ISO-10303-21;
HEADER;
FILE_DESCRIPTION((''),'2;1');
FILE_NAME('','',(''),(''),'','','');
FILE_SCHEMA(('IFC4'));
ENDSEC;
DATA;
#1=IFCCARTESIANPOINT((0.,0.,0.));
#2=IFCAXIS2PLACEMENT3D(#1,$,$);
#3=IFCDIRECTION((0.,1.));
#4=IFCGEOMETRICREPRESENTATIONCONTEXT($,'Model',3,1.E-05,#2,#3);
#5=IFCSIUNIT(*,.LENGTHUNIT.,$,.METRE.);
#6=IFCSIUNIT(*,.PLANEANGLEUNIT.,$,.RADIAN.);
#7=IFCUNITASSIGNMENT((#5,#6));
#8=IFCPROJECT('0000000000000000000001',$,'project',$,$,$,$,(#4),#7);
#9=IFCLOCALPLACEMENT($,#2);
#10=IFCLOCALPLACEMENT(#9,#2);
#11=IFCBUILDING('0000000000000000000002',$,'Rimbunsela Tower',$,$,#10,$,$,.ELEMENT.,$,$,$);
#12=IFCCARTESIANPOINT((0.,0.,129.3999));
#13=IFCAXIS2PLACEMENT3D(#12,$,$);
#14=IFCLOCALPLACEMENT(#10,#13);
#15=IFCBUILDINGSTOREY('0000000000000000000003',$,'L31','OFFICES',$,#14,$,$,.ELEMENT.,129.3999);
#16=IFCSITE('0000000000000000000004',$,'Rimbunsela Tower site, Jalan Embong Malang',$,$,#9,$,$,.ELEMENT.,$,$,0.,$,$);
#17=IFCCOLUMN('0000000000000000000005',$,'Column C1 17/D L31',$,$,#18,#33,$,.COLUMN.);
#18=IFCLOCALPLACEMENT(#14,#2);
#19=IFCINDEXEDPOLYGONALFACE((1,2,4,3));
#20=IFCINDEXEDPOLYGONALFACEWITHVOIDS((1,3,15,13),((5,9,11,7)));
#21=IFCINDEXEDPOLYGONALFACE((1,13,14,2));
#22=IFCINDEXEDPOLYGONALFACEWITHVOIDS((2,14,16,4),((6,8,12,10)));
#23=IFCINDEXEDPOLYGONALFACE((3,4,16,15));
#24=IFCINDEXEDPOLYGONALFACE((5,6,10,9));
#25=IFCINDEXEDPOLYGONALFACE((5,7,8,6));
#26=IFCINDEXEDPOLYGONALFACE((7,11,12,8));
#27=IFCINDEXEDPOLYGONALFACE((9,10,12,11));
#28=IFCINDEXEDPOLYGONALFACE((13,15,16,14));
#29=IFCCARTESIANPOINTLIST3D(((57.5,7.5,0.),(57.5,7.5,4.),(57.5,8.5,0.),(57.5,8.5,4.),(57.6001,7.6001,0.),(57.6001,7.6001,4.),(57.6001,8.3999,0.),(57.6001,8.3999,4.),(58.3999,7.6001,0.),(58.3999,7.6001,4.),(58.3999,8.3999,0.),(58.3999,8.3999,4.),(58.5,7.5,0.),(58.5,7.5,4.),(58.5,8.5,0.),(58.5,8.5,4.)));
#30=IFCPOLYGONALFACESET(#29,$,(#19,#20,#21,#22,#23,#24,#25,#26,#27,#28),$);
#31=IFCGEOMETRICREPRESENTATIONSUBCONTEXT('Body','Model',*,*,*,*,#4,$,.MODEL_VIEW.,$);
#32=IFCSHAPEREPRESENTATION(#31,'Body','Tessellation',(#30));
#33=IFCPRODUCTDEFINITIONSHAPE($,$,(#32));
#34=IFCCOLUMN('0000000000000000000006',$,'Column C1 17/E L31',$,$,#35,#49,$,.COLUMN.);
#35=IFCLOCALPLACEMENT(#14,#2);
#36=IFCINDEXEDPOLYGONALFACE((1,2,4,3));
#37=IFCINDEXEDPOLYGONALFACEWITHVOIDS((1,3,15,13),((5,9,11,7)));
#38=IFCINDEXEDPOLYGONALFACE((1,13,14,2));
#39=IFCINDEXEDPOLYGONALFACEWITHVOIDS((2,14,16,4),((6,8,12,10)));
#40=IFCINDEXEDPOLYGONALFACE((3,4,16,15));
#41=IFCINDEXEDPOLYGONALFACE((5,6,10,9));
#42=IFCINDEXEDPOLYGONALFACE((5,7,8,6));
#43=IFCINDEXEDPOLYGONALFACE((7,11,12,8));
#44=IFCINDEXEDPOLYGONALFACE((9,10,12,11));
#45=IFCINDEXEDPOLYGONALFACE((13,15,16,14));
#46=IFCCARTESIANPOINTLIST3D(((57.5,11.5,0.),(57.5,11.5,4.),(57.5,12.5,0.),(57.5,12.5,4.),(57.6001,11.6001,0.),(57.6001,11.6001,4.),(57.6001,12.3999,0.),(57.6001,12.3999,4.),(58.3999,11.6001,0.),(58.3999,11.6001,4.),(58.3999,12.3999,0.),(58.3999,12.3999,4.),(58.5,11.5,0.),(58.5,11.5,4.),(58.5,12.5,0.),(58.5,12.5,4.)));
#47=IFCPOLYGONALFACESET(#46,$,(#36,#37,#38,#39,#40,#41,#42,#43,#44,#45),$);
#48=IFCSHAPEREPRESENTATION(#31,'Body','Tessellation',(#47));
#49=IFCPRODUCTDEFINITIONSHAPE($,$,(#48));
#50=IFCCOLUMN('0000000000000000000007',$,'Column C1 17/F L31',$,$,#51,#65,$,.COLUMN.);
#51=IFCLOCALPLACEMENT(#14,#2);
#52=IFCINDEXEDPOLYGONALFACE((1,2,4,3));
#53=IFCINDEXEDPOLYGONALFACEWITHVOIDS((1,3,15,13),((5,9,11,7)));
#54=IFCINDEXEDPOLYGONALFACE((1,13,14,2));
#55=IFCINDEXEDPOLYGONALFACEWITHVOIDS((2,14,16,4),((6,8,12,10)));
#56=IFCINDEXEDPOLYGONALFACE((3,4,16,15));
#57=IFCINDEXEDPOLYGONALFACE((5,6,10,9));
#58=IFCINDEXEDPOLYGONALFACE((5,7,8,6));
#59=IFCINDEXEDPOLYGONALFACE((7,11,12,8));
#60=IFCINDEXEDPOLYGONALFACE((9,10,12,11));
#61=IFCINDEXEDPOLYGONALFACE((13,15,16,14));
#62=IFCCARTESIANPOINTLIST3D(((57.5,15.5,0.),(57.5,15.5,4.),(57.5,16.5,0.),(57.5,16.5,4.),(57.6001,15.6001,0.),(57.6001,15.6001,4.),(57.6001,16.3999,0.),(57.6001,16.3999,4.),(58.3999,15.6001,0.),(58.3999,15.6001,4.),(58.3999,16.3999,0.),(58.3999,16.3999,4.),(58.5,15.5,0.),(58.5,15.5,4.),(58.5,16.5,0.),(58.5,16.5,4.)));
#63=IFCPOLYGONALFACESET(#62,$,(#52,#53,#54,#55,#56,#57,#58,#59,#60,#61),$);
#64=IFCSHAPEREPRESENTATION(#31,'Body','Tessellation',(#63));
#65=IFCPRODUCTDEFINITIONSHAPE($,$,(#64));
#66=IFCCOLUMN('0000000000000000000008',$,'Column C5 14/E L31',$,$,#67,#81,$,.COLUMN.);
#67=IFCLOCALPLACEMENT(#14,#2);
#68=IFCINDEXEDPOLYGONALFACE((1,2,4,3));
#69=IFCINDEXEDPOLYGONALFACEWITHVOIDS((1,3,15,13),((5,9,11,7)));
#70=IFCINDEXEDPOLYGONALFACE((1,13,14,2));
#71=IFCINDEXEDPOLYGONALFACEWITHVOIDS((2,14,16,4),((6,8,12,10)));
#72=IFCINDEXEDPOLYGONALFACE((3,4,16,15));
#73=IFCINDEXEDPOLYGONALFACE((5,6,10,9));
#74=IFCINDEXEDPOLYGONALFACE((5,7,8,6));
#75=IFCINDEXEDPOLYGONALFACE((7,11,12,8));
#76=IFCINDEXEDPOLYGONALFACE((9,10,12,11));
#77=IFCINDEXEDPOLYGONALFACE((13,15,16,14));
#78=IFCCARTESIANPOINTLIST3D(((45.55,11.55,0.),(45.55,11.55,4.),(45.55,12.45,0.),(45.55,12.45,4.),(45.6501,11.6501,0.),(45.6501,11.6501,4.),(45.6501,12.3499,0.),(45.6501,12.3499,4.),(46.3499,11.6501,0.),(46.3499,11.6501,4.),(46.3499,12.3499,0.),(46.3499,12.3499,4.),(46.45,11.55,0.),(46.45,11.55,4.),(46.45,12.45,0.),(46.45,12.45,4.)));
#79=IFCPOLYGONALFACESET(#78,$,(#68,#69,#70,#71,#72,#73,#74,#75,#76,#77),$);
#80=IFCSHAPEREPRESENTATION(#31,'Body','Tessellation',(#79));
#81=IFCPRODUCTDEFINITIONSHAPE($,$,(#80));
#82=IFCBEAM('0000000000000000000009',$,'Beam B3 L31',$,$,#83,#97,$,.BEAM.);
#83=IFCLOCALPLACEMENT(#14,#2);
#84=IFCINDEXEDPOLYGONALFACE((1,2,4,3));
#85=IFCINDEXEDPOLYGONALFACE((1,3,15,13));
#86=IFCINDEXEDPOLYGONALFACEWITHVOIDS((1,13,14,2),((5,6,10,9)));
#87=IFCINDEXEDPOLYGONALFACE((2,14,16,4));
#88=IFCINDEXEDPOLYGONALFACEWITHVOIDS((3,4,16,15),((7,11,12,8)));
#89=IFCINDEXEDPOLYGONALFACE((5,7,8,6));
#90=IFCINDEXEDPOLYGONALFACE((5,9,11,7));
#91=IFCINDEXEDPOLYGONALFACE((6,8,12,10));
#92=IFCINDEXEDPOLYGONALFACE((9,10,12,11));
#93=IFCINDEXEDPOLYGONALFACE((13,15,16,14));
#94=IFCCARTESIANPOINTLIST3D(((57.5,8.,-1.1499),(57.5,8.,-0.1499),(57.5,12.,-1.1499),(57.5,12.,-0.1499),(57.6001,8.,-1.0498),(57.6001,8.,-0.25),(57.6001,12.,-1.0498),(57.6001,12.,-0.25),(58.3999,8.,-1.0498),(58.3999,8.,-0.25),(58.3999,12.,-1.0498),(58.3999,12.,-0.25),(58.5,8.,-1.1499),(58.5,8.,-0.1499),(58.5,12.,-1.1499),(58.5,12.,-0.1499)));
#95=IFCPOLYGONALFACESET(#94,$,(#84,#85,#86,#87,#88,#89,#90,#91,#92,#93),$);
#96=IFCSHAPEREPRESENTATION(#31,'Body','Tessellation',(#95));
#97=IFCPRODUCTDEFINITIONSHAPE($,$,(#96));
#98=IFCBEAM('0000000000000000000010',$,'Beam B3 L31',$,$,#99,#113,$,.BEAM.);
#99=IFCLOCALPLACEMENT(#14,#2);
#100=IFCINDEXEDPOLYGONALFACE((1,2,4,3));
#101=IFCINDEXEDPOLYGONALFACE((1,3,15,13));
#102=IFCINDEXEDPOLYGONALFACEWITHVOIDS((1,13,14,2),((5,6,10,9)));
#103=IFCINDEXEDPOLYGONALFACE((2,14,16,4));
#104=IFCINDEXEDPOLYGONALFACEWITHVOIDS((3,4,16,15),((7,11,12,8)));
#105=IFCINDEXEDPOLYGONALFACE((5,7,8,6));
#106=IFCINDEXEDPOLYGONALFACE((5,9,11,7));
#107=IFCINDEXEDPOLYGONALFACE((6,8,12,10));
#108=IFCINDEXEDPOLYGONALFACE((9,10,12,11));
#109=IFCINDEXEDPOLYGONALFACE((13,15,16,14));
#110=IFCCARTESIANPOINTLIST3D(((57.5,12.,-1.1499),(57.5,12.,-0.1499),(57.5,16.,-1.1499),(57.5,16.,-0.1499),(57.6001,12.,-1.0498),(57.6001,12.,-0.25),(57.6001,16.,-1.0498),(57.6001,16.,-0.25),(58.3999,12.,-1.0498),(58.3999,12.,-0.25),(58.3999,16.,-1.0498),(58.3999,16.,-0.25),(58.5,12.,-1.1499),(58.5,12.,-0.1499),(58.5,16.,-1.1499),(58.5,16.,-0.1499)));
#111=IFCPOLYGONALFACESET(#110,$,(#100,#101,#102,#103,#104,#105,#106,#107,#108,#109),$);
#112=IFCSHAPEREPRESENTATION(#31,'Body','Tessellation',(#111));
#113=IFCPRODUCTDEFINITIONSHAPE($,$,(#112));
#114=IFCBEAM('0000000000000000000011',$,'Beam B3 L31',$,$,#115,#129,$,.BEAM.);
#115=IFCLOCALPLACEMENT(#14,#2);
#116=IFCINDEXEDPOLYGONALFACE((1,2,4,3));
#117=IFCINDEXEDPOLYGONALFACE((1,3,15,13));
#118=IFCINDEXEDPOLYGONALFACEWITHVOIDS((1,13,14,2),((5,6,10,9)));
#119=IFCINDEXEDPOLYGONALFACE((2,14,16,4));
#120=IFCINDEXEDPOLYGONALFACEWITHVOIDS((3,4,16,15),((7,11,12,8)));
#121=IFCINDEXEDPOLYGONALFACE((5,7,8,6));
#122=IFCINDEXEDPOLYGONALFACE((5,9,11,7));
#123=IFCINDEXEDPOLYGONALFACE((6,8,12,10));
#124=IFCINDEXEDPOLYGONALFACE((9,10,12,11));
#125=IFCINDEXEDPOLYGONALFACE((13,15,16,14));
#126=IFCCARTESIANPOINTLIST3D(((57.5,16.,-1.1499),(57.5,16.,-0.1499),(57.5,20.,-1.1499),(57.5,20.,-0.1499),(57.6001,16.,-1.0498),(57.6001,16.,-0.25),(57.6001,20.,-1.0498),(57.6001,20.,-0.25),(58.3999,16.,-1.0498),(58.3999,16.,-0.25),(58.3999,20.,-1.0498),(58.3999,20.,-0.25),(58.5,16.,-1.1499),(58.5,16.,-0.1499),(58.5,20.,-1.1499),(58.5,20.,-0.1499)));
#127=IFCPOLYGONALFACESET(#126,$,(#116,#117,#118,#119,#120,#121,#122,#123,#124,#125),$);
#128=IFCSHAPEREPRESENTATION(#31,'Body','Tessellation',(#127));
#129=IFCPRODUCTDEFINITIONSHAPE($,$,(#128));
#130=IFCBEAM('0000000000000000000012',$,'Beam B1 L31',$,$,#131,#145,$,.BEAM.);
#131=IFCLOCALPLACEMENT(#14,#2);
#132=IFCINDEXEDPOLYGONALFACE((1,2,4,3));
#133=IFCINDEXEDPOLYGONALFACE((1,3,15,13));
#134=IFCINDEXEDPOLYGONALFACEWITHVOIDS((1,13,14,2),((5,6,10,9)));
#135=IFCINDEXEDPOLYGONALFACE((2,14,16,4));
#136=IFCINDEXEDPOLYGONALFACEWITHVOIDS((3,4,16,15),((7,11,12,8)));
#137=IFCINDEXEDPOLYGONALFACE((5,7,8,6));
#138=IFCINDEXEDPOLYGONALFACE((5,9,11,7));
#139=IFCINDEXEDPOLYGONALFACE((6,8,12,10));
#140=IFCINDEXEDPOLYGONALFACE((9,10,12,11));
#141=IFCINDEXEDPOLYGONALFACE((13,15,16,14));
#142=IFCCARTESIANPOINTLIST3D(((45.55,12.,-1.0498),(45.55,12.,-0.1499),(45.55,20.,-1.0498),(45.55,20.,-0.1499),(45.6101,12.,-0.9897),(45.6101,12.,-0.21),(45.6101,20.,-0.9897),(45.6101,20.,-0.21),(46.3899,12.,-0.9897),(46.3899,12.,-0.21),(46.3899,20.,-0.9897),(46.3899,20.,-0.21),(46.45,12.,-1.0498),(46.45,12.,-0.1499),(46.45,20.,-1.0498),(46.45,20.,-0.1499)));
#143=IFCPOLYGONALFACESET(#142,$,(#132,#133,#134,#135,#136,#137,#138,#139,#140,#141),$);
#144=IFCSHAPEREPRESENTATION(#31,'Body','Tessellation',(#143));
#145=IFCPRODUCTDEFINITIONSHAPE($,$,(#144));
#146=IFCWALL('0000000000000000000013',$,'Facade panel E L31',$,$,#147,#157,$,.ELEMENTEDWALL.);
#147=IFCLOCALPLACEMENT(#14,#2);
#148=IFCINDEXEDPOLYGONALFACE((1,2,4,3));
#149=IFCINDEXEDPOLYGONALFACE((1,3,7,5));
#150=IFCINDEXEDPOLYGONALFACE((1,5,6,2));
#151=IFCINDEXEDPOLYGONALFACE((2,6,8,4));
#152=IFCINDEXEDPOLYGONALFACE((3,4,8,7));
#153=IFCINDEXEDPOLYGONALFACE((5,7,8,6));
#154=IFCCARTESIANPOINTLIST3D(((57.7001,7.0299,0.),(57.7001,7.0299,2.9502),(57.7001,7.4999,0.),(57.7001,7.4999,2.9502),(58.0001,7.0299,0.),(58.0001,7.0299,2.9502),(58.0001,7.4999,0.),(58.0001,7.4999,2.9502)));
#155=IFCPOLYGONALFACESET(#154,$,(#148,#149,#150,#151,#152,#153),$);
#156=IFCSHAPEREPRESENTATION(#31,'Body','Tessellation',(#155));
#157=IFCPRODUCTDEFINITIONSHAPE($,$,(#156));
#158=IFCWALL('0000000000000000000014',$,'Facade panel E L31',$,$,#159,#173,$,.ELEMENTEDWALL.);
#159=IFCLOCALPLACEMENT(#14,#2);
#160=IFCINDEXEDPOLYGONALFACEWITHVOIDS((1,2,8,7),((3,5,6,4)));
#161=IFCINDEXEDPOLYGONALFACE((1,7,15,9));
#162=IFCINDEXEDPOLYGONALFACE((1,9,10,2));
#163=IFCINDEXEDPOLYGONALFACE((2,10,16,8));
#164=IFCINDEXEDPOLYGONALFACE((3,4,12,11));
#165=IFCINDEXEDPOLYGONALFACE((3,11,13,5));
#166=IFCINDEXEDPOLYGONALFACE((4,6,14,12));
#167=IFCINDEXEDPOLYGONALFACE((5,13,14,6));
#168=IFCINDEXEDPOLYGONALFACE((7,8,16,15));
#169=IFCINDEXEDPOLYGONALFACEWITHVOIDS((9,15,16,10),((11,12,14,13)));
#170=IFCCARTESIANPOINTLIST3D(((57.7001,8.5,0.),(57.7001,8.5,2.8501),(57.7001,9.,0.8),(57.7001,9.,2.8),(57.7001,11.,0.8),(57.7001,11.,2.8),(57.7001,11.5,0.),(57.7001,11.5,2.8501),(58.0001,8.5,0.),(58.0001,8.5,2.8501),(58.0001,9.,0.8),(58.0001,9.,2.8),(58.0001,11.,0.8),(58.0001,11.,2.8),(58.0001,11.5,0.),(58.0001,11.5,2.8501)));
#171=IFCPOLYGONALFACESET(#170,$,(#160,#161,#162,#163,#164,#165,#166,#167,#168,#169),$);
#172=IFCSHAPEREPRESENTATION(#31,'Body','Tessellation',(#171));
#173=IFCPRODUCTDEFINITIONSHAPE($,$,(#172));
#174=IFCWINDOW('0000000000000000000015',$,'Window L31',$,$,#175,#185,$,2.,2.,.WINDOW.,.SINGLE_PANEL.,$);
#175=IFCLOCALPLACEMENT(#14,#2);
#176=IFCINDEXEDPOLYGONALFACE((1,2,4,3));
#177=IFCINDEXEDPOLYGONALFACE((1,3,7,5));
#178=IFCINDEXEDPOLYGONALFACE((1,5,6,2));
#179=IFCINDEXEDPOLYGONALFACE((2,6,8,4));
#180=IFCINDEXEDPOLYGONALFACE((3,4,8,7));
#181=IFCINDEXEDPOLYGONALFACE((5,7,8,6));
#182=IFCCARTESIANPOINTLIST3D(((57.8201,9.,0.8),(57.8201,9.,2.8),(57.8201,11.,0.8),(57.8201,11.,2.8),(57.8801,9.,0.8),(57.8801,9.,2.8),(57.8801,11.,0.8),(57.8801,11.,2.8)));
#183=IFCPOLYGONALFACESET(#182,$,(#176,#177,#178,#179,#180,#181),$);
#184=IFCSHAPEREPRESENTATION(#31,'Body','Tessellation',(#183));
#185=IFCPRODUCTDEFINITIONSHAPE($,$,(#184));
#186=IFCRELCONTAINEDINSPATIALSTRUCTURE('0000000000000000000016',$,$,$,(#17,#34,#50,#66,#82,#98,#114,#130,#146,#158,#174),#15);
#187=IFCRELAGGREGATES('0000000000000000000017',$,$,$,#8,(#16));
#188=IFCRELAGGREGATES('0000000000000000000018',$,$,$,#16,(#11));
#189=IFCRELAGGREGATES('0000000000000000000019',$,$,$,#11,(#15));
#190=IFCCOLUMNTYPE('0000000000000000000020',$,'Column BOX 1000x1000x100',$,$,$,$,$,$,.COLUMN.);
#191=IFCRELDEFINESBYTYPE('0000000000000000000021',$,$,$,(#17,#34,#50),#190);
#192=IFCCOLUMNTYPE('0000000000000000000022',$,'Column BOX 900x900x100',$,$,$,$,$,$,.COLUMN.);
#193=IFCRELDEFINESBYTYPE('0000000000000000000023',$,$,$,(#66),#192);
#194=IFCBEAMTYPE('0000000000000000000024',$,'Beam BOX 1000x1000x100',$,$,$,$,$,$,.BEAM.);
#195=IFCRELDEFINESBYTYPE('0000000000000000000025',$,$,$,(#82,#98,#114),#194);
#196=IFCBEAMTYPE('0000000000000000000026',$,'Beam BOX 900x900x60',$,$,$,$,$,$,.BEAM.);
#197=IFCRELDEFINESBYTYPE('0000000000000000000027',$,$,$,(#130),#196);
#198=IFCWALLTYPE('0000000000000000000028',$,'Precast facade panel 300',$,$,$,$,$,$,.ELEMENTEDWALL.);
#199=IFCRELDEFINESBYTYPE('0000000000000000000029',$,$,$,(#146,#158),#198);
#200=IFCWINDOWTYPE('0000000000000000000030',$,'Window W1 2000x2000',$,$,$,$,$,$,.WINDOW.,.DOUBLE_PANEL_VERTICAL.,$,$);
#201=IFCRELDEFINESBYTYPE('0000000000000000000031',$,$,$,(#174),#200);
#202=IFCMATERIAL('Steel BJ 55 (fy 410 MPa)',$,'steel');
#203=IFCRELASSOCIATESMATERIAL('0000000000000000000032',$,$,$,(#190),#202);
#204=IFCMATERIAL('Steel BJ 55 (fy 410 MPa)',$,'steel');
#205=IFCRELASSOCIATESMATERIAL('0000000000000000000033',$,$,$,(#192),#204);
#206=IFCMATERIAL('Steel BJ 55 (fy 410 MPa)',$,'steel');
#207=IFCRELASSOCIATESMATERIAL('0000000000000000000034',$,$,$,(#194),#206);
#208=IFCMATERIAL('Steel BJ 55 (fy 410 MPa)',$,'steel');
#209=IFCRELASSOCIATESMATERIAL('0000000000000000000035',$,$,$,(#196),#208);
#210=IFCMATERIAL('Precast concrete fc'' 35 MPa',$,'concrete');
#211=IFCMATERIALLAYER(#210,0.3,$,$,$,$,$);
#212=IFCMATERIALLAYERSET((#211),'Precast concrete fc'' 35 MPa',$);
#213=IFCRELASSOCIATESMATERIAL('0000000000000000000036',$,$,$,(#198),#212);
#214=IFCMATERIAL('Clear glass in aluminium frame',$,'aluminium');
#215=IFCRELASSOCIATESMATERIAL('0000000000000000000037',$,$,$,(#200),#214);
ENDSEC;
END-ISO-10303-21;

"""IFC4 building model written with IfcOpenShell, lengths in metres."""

from ifc_helpers import new_model, si_unit, direction, frame, frame_2d, origin, origin_2d, place, context, subcontext, project, spatial, rectangle, hollow_rectangle, extrude, material, layer, layer_set, material_profile, profile_set, type_object, element, fill, save


model = new_model("IFC4")

# Units and contexts
model_context = context("Model", 3, precision=1e-05, world=origin(), true_north=direction((0.0, 1.0)))
body_context = subcontext(model_context, "Body", "Model", "MODEL_VIEW")
ifc_project = project(units=[si_unit("LENGTHUNIT", "METRE"), si_unit("PLANEANGLEUNIT", "RADIAN")], contexts=[model_context])

# Site, building, storey
site_placement = place(None, origin())
site = spatial("IfcSite", under=ifc_project, at=site_placement, Name="Rimbunsela Tower site, Jalan Embong Malang", CompositionType="ELEMENT", RefElevation=0.0)
building_placement = place(site_placement, origin())
building = spatial("IfcBuilding", under=site, at=building_placement, Name="Rimbunsela Tower", CompositionType="ELEMENT")
storey_placement = place(building_placement, frame((0.0, 0.0, 129.3999)))
storey = spatial("IfcBuildingStorey", under=building, at=storey_placement, Name="L31", Description="OFFICES", CompositionType="ELEMENT", Elevation=129.3999)

# Columns
ifc_material_1 = material(Name="Steel BJ 55 (fy 410 MPa)", Category="steel")
ifc_material_profile_1 = material_profile(ifc_material_1, hollow_rectangle(XDim=1.0, YDim=1.0, WallThickness=0.1001, at=origin_2d()), Name="BOX 1000x1000x100")
ifc_profile_set_1 = profile_set([ifc_material_profile_1], Name="Steel BJ 55 (fy 410 MPa)")
column_type_1 = type_object("IfcColumnType", Name="Column BOX 1000x1000x100", PredefinedType="COLUMN", material=ifc_profile_set_1)
for number, where, z_axis, x_axis, name in (
    (1, (58.0, 8.0, 0.0), (0.0, 0.0, 1.0), (1.0, 0.0, 0.0), "Column C1 17/D L31"),
    (2, (58.0, 12.0, 0.0), (0.0, 0.0, 1.0), (1.0, 0.0, 0.0), "Column C1 17/E L31"),
    (3, (58.0, 16.0, 0.0), (0.0, 0.0, 1.0), (1.0, 0.0, 0.0), "Column C1 17/F L31"),
):
    element("IfcColumn", number, at=place(storey_placement, frame(where, z_axis=z_axis, x_axis=x_axis)), inside=storey, type_object=column_type_1, Name=name, PredefinedType="COLUMN", context=body_context, shape_type="SweptSolid", body=[
        extrude(hollow_rectangle(XDim=1.0, YDim=1.0, WallThickness=0.1001, at=origin_2d()), origin(), (0.0, 0.0, 1.0), 4.0),
    ])
ifc_material_2 = material(Name="Steel BJ 55 (fy 410 MPa)", Category="steel")
ifc_material_profile_2 = material_profile(ifc_material_2, hollow_rectangle(XDim=0.8999, YDim=0.8999, WallThickness=0.1001, at=origin_2d()), Name="BOX 900x900x100")
ifc_profile_set_2 = profile_set([ifc_material_profile_2], Name="Steel BJ 55 (fy 410 MPa)")
column_type_2 = type_object("IfcColumnType", Name="Column BOX 900x900x100", PredefinedType="COLUMN", material=ifc_profile_set_2)
column_placement = place(storey_placement, frame((46.0, 12.0, 0.0), z_axis=(0.0, 0.0, 1.0), x_axis=(1.0, 0.0, 0.0)))
element("IfcColumn", 4, at=column_placement, inside=storey, type_object=column_type_2, Name="Column C5 14/E L31", PredefinedType="COLUMN", context=body_context, shape_type="SweptSolid", body=[
    extrude(hollow_rectangle(XDim=0.8999, YDim=0.8999, WallThickness=0.1001, at=origin_2d()), origin(), (0.0, 0.0, 1.0), 4.0),
])

# Beams
ifc_material_3 = material(Name="Steel BJ 55 (fy 410 MPa)", Category="steel")
ifc_material_profile_3 = material_profile(ifc_material_3, hollow_rectangle(XDim=1.0, YDim=1.0, WallThickness=0.1001, at=origin_2d()), Name="BOX 1000x1000x100")
ifc_profile_set_3 = profile_set([ifc_material_profile_3], Name="Steel BJ 55 (fy 410 MPa)")
beam_type_1 = type_object("IfcBeamType", Name="Beam BOX 1000x1000x100", PredefinedType="BEAM", material=ifc_profile_set_3)
for number, where, z_axis, x_axis, name in (
    (5, (58.0, 8.0, -0.6499), (0.0, 1.0, 0.0), (-1.0, 0.0, 0.0), "Beam B3 L31"),
    (6, (58.0, 12.0, -0.6499), (0.0, 1.0, 0.0), (-1.0, 0.0, 0.0), "Beam B3 L31"),
    (7, (58.0, 16.0, -0.6499), (0.0, 1.0, 0.0), (-1.0, 0.0, 0.0), "Beam B3 L31"),
):
    element("IfcBeam", number, at=place(storey_placement, frame(where, z_axis=z_axis, x_axis=x_axis)), inside=storey, type_object=beam_type_1, Name=name, PredefinedType="BEAM", context=body_context, shape_type="SweptSolid", body=[
        extrude(hollow_rectangle(XDim=1.0, YDim=1.0, WallThickness=0.1001, at=origin_2d()), origin(), (0.0, 0.0, 1.0), 4.0),
    ])
ifc_material_4 = material(Name="Steel BJ 55 (fy 410 MPa)", Category="steel")
ifc_material_profile_4 = material_profile(ifc_material_4, hollow_rectangle(XDim=0.8999, YDim=0.8999, WallThickness=0.0601, at=origin_2d()), Name="BOX 900x900x60")
ifc_profile_set_4 = profile_set([ifc_material_profile_4], Name="Steel BJ 55 (fy 410 MPa)")
beam_type_2 = type_object("IfcBeamType", Name="Beam BOX 900x900x60", PredefinedType="BEAM", material=ifc_profile_set_4)
beam_placement = place(storey_placement, frame((46.0, 12.0, -0.5999), z_axis=(0.0, 1.0, 0.0), x_axis=(-1.0, 0.0, 0.0)))
element("IfcBeam", 8, at=beam_placement, inside=storey, type_object=beam_type_2, Name="Beam B1 L31", PredefinedType="BEAM", context=body_context, shape_type="SweptSolid", body=[
    extrude(hollow_rectangle(XDim=0.8999, YDim=0.8999, WallThickness=0.0601, at=origin_2d()), origin(), (0.0, 0.0, 1.0), 8.0),
])

# Wall
ifc_material_5 = material(Name="Precast concrete fc' 35 MPa", Category="concrete")
ifc_layer_1 = layer(ifc_material_5, 0.3)
ifc_layer_set_1 = layer_set([ifc_layer_1], Name="Precast concrete fc' 35 MPa")
wall_type = type_object("IfcWallType", Name="Precast facade panel 300", PredefinedType="ELEMENTEDWALL", material=ifc_layer_set_1)
wall_1_placement = place(storey_placement, frame((57.8501, 7.03, 0.0), z_axis=(0.0, 0.0, 1.0), x_axis=(0.0, 1.0, 0.0)))
element("IfcWall", 9, at=wall_1_placement, inside=storey, type_object=wall_type, Name="Facade panel E L31", PredefinedType="ELEMENTEDWALL", context=body_context, shape_type="SweptSolid", body=[
    extrude(rectangle(XDim=0.47, YDim=0.3, at=frame_2d((0.2349, 0.0))), origin(), (0.0, 0.0, 1.0), 2.9502),
])

# Wall, opening, window
wall_2_placement = place(storey_placement, frame((57.8501, 8.5, 0.0), z_axis=(0.0, 0.0, 1.0), x_axis=(0.0, 1.0, 0.0)))
wall_2 = element("IfcWall", 10, at=wall_2_placement, inside=storey, type_object=wall_type, Name="Facade panel E L31", PredefinedType="ELEMENTEDWALL", context=body_context, shape_type="SweptSolid", body=[
    extrude(rectangle(XDim=3.0, YDim=0.3, at=frame_2d((1.5, 0.0))), origin(), (0.0, 0.0, 1.0), 2.8501),
])
opening_1_placement = place(wall_2_placement, frame((0.5, 0.0, 0.8)))
opening_1 = element("IfcOpeningElement", 11, at=opening_1_placement, cuts=wall_2, PredefinedType="OPENING", context=body_context, shape_type="SweptSolid", body=[
    extrude(rectangle(XDim=2.0, YDim=2.0, at=frame_2d((1.0, 1.0))), frame((0.0, 0.1599, 0.0), z_axis=(0.0, -1.0, 0.0), x_axis=(1.0, 0.0, 0.0)), (0.0, 0.0, 1.0), 0.3201),
])
ifc_material_6 = material(Name="Clear glass in aluminium frame", Category="aluminium")
window_type = type_object("IfcWindowType", Name="Window W1 2000x2000", PartitioningType="DOUBLE_PANEL_VERTICAL", PredefinedType="WINDOW", material=ifc_material_6)
window_1_placement = place(opening_1_placement, origin())
window_1 = element("IfcWindow", 12, at=window_1_placement, inside=storey, type_object=window_type, Name="Window L31", OverallHeight=2.0, OverallWidth=2.0, PartitioningType="SINGLE_PANEL", PredefinedType="WINDOW", context=body_context, shape_type="SweptSolid", body=[
    extrude(rectangle(XDim=2.0, YDim=2.0, at=frame_2d((1.0, 1.0))), frame((0.0, 0.03, 0.0), z_axis=(0.0, -1.0, 0.0), x_axis=(1.0, 0.0, 0.0)), (0.0, 0.0, 1.0), 0.0601),
])
fill(opening_1, window_1)

save(model, "model.ifc")
